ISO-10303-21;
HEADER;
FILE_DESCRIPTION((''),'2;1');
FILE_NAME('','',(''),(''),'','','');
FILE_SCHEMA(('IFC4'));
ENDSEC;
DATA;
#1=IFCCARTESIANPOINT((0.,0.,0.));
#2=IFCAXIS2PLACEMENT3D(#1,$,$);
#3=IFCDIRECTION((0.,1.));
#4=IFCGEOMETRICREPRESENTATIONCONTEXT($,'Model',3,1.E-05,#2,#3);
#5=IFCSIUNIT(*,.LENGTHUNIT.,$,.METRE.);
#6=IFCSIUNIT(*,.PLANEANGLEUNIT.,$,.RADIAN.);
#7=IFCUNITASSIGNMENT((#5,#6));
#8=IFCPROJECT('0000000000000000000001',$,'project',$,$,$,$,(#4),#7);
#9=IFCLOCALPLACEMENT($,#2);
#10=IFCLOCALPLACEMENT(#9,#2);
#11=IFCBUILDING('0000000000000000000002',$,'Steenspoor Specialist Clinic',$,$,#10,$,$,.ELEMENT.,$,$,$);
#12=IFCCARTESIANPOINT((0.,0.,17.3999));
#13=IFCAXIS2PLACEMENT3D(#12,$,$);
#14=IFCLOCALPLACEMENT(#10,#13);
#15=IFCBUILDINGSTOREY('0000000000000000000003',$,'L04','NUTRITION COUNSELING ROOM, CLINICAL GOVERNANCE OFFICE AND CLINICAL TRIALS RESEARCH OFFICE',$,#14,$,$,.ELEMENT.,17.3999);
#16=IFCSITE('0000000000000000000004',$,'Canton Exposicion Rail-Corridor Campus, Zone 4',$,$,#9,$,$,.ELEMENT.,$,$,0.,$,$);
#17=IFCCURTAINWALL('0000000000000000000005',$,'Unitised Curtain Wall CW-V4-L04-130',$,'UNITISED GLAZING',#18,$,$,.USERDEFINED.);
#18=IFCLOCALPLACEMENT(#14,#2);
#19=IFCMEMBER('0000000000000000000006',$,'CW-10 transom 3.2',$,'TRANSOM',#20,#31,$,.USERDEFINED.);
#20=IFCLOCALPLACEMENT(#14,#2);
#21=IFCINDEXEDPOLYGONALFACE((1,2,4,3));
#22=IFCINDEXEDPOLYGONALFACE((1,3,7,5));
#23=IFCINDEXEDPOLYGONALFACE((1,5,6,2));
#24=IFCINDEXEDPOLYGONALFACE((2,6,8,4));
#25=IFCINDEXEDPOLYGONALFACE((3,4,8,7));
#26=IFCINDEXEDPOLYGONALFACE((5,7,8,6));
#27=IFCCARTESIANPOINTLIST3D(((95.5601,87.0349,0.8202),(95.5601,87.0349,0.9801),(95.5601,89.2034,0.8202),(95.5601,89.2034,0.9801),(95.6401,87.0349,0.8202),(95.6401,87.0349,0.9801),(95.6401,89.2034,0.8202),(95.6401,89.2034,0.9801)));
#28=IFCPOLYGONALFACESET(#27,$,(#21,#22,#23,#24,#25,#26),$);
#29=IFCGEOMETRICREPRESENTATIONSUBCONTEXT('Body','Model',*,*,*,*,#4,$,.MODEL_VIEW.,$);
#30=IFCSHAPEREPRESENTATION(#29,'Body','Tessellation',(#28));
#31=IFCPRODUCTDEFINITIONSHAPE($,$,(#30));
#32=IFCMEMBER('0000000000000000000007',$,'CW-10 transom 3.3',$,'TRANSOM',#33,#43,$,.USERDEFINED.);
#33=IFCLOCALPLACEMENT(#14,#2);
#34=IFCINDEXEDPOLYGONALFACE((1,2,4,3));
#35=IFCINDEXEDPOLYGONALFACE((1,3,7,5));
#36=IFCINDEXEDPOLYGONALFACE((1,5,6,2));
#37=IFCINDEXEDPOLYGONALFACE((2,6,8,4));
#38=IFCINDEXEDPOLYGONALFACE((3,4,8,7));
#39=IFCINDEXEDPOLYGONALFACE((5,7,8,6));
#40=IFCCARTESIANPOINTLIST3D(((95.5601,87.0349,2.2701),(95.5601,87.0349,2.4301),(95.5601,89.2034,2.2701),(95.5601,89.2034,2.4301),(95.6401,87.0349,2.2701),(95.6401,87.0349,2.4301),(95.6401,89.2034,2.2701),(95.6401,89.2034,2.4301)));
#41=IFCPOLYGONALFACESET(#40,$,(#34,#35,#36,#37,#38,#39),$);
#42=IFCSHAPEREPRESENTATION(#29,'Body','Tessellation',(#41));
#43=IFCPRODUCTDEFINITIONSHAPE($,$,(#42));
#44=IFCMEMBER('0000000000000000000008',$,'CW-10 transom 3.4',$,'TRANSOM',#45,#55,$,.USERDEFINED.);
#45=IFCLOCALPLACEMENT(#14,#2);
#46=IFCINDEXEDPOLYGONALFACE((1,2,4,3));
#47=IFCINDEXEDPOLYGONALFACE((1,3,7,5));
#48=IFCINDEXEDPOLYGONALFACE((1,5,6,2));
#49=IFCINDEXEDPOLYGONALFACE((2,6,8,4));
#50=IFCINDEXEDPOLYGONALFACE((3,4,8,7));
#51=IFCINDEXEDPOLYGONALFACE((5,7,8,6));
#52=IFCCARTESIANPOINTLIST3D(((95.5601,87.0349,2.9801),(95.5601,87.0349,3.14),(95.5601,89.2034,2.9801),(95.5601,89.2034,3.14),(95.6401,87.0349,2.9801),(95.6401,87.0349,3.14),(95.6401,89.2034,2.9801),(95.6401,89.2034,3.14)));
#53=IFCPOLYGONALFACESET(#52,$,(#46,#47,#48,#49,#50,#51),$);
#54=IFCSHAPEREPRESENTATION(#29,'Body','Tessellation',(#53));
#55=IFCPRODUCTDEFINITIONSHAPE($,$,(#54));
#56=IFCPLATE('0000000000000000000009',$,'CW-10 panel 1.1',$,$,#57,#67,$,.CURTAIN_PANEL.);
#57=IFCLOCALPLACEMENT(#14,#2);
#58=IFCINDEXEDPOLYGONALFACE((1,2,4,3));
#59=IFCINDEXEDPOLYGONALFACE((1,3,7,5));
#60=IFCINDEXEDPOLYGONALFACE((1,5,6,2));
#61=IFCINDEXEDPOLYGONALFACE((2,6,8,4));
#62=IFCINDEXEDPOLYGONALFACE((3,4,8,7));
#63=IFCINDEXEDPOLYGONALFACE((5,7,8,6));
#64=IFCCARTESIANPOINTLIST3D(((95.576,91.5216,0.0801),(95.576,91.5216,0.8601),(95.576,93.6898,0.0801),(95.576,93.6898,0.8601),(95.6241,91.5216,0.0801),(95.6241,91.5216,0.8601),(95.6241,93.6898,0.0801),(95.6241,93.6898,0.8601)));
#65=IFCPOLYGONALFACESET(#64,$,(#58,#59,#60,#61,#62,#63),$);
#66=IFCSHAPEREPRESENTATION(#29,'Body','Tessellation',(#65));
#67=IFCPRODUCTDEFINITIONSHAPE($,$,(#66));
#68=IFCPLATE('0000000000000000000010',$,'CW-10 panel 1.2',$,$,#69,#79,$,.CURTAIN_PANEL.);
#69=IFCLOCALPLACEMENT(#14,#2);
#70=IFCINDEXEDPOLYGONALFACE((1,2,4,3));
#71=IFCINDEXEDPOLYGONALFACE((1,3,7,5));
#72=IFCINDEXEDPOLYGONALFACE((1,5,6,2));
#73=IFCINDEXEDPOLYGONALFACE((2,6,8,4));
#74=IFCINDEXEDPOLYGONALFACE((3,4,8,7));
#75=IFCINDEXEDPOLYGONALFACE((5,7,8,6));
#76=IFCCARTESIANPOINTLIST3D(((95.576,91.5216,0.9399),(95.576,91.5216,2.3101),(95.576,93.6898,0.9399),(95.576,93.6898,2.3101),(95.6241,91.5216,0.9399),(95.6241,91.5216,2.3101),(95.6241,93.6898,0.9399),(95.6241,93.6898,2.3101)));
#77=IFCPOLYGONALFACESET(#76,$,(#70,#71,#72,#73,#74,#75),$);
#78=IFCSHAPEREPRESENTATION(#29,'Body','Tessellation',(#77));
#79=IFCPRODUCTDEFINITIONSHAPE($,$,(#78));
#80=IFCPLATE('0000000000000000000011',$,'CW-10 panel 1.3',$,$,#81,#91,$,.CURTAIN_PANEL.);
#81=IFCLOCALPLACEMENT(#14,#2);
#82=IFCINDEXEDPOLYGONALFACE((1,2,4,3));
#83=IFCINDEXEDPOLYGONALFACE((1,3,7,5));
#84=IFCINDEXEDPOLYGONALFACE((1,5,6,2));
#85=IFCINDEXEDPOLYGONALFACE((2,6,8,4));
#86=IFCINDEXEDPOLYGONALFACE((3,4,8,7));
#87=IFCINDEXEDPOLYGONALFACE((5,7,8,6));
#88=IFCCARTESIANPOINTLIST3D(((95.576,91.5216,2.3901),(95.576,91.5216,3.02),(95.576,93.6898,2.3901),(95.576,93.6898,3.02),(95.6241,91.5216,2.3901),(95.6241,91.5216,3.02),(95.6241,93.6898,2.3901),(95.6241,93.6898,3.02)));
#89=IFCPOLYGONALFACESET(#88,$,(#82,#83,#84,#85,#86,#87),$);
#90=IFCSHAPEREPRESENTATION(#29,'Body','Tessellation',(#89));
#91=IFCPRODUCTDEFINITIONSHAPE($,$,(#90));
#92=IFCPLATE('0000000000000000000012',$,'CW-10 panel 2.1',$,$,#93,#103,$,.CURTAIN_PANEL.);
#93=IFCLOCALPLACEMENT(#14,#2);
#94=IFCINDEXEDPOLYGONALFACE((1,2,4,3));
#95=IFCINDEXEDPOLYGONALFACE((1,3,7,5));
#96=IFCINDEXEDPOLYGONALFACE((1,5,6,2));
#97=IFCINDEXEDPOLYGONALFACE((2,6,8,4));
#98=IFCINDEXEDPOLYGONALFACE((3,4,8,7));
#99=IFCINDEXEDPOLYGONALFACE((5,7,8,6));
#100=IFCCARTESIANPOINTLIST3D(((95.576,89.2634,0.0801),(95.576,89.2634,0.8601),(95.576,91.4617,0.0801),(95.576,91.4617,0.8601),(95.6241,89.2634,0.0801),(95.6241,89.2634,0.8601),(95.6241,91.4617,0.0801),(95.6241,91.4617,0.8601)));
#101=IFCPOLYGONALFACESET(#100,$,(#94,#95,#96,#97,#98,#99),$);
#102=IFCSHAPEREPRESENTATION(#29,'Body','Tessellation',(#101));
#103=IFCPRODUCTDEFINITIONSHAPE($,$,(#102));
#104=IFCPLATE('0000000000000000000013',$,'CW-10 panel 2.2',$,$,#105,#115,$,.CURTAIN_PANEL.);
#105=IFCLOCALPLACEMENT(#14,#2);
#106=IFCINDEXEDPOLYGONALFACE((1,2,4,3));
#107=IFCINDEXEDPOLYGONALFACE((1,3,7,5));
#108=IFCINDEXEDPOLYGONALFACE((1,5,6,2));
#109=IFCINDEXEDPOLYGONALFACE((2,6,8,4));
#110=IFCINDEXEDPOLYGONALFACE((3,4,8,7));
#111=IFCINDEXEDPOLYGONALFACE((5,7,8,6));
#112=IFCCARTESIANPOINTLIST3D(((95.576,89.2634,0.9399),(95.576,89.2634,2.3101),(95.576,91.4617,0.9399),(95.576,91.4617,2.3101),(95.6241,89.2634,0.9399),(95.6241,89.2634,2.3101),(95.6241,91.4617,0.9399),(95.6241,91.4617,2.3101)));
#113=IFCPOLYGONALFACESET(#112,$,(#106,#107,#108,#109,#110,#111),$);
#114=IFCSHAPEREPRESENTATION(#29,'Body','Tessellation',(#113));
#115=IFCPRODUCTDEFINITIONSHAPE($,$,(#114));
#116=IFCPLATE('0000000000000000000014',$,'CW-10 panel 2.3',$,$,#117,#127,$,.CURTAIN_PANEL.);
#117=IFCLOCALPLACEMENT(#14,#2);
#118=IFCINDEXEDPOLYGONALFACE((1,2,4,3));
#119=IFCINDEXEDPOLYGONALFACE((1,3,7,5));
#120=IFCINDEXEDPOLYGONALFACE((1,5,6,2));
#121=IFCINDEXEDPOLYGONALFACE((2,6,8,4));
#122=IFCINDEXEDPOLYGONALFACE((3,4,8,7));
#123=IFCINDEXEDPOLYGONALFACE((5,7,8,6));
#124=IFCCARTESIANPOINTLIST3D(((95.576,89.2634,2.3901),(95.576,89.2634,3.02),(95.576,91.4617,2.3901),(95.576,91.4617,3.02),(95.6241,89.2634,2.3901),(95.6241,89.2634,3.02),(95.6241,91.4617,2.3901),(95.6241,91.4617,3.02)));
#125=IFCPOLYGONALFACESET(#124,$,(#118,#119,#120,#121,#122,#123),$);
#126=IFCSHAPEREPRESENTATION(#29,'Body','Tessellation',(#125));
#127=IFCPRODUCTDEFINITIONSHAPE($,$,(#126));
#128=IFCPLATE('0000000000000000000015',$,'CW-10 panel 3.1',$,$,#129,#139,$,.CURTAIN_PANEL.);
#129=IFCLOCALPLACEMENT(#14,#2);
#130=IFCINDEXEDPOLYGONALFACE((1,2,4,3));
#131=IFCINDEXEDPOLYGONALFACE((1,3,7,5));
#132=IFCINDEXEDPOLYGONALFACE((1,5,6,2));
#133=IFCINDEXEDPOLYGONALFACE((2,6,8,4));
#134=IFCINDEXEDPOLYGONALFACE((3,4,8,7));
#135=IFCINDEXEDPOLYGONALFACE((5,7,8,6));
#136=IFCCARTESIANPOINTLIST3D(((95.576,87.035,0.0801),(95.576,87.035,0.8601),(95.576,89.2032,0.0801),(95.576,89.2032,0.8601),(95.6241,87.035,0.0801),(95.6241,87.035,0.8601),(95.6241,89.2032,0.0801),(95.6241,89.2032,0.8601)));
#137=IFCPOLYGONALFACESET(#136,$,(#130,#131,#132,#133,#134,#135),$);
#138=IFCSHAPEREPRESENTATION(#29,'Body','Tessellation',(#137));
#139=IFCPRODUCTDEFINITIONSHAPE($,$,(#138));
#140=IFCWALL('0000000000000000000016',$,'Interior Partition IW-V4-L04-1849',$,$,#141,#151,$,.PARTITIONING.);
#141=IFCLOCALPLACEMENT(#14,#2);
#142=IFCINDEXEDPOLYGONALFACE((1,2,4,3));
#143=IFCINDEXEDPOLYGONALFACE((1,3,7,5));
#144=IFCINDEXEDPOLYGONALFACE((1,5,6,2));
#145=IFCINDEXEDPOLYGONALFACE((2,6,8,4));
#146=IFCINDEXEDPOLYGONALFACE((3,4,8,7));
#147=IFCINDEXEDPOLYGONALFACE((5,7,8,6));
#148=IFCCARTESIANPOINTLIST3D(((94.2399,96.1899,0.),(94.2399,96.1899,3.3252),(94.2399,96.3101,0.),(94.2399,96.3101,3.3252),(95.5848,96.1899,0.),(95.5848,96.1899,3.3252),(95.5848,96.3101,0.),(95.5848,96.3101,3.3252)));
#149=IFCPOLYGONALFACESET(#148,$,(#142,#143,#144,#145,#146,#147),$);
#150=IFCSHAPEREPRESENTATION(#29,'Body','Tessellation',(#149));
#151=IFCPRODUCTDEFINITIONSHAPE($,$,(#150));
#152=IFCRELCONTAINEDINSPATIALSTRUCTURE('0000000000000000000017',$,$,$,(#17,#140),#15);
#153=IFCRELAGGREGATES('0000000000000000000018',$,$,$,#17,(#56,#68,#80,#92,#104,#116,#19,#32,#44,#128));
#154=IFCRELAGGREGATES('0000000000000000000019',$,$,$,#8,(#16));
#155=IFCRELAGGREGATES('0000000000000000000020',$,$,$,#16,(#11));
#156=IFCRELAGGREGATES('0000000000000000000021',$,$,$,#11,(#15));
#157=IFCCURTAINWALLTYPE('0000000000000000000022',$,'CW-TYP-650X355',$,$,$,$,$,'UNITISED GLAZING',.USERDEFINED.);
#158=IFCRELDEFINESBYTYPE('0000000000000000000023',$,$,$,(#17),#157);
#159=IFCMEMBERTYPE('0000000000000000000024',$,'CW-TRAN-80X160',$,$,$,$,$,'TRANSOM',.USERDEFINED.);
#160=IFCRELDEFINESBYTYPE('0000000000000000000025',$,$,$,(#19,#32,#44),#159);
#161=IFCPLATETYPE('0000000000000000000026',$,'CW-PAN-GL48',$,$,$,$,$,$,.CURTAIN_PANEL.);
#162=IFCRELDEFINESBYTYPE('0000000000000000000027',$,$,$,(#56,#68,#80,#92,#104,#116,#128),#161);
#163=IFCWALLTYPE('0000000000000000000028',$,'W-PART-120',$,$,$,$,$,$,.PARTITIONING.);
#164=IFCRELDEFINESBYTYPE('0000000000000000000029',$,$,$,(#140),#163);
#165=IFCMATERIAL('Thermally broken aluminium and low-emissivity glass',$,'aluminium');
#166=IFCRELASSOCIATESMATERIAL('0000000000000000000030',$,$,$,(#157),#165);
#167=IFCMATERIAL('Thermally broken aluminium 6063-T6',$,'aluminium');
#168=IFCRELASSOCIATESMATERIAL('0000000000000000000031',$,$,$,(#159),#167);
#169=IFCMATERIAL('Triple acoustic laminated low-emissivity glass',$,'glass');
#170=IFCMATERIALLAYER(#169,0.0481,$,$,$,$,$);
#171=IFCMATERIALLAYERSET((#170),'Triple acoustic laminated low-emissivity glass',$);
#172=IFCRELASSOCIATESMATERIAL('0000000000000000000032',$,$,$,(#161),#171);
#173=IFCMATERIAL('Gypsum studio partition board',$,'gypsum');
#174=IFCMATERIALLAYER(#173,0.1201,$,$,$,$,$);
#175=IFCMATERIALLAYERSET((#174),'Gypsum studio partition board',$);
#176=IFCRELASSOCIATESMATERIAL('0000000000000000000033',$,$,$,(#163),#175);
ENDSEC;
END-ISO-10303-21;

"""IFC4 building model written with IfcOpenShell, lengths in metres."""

from ifc_helpers import new_model, si_unit, direction, frame, frame_2d, origin, origin_2d, place, context, subcontext, project, spatial, rectangle, extrude, material, layer, layer_set, material_profile, profile_set, type_object, element, aggregate, save


model = new_model("IFC4")

# Units and contexts
model_context = context("Model", 3, precision=1e-05, world=origin(), true_north=direction((0.0, 1.0)))
body_context = subcontext(model_context, "Body", "Model", "MODEL_VIEW")
ifc_project = project(units=[si_unit("LENGTHUNIT", "METRE"), si_unit("PLANEANGLEUNIT", "RADIAN")], contexts=[model_context])

# Site, building, storey
site_placement = place(None, origin())
site = spatial("IfcSite", under=ifc_project, at=site_placement, Name="Canton Exposicion Rail-Corridor Campus, Zone 4", CompositionType="ELEMENT", RefElevation=0.0)
building_placement = place(site_placement, origin())
building = spatial("IfcBuilding", under=site, at=building_placement, Name="Steenspoor Specialist Clinic", CompositionType="ELEMENT")
storey_placement = place(building_placement, frame((0.0, 0.0, 17.3999)))
storey = spatial("IfcBuildingStorey", under=building, at=storey_placement, Name="L04", Description="NUTRITION COUNSELING ROOM, CLINICAL GOVERNANCE OFFICE AND CLINICAL TRIALS RESEARCH OFFICE", CompositionType="ELEMENT", Elevation=17.3999)

# Curtain wall, members, plates
ifc_material_1 = material(Name="Thermally broken aluminium and low-emissivity glass", Category="aluminium")
curtain_wall_type = type_object("IfcCurtainWallType", Name="CW-TYP-650X355", ElementType="UNITISED GLAZING", PredefinedType="USERDEFINED", material=ifc_material_1)
curtain_wall_placement = place(storey_placement, origin())
curtain_wall = element("IfcCurtainWall", 1, at=curtain_wall_placement, inside=storey, type_object=curtain_wall_type, Name="Unitised Curtain Wall CW-V4-L04-130", ObjectType="UNITISED GLAZING", PredefinedType="USERDEFINED")
ifc_material_2 = material(Name="Thermally broken aluminium 6063-T6", Category="aluminium")
ifc_material_profile_1 = material_profile(ifc_material_2, rectangle(XDim=0.0801, YDim=0.1599, at=origin_2d()), Name="CWT-80X160")
ifc_profile_set_1 = profile_set([ifc_material_profile_1], Name="Thermally broken aluminium 6063-T6")
member_type_1 = type_object("IfcMemberType", Name="CW-TRAN-80X160", ElementType="TRANSOM", PredefinedType="USERDEFINED", material=ifc_profile_set_1)
member_1_placement = place(storey_placement, frame((95.6001, 89.2034, 0.9001), z_axis=(0.0, -1.0, 0.0), x_axis=(1.0, 0.0, 0.0)))
member_1 = element("IfcMember", 2, at=member_1_placement, type_object=member_type_1, Name="CW-10 transom 3.2", ObjectType="TRANSOM", PredefinedType="USERDEFINED", context=body_context, shape_type="SweptSolid", body=[
    extrude(rectangle(XDim=0.0801, YDim=0.1599, at=origin_2d()), origin(), (0.0, 0.0, 1.0), 2.1685),
])
member_2_placement = place(storey_placement, frame((95.6001, 89.2034, 2.3501), z_axis=(0.0, -1.0, 0.0), x_axis=(1.0, 0.0, 0.0)))
member_2 = element("IfcMember", 3, at=member_2_placement, type_object=member_type_1, Name="CW-10 transom 3.3", ObjectType="TRANSOM", PredefinedType="USERDEFINED", context=body_context, shape_type="SweptSolid", body=[
    extrude(rectangle(XDim=0.0801, YDim=0.1599, at=origin_2d()), origin(), (0.0, 0.0, 1.0), 2.1685),
])
member_3_placement = place(storey_placement, frame((95.6001, 89.2034, 3.0601), z_axis=(0.0, -1.0, 0.0), x_axis=(1.0, 0.0, 0.0)))
member_3 = element("IfcMember", 4, at=member_3_placement, type_object=member_type_1, Name="CW-10 transom 3.4", ObjectType="TRANSOM", PredefinedType="USERDEFINED", context=body_context, shape_type="SweptSolid", body=[
    extrude(rectangle(XDim=0.0801, YDim=0.1599, at=origin_2d()), origin(), (0.0, 0.0, 1.0), 2.1685),
])
ifc_material_3 = material(Name="Triple acoustic laminated low-emissivity glass", Category="glass")
ifc_layer_1 = layer(ifc_material_3, 0.0481)
ifc_layer_set_1 = layer_set([ifc_layer_1], Name="Triple acoustic laminated low-emissivity glass")
plate_type = type_object("IfcPlateType", Name="CW-PAN-GL48", PredefinedType="CURTAIN_PANEL", material=ifc_layer_set_1)
plate_1_placement = place(storey_placement, frame((95.6001, 92.6057, 0.0801), z_axis=(0.0, 0.0, 1.0), x_axis=(0.0, -1.0, 0.0)))
plate_1 = element("IfcPlate", 5, at=plate_1_placement, type_object=plate_type, Name="CW-10 panel 1.1", PredefinedType="CURTAIN_PANEL", context=body_context, shape_type="SweptSolid", body=[
    extrude(rectangle(XDim=2.1682, YDim=0.0481, at=origin_2d()), origin(), (0.0, 0.0, 1.0), 0.78),
])
plate_2_placement = place(storey_placement, frame((95.6001, 92.6057, 0.9399), z_axis=(0.0, 0.0, 1.0), x_axis=(0.0, -1.0, 0.0)))
plate_2 = element("IfcPlate", 6, at=plate_2_placement, type_object=plate_type, Name="CW-10 panel 1.2", PredefinedType="CURTAIN_PANEL", context=body_context, shape_type="SweptSolid", body=[
    extrude(rectangle(XDim=2.1682, YDim=0.0481, at=origin_2d()), origin(), (0.0, 0.0, 1.0), 1.3701),
])
plate_3_placement = place(storey_placement, frame((95.6001, 92.6057, 2.3901), z_axis=(0.0, 0.0, 1.0), x_axis=(0.0, -1.0, 0.0)))
plate_3 = element("IfcPlate", 7, at=plate_3_placement, type_object=plate_type, Name="CW-10 panel 1.3", PredefinedType="CURTAIN_PANEL", context=body_context, shape_type="SweptSolid", body=[
    extrude(rectangle(XDim=2.1682, YDim=0.0481, at=origin_2d()), origin(), (0.0, 0.0, 1.0), 0.6299),
])
plate_4_placement = place(storey_placement, frame((95.6001, 90.3625, 0.0801), z_axis=(0.0, 0.0, 1.0), x_axis=(0.0, -1.0, 0.0)))
plate_4 = element("IfcPlate", 8, at=plate_4_placement, type_object=plate_type, Name="CW-10 panel 2.1", PredefinedType="CURTAIN_PANEL", context=body_context, shape_type="SweptSolid", body=[
    extrude(rectangle(XDim=2.1982, YDim=0.0481, at=origin_2d()), origin(), (0.0, 0.0, 1.0), 0.78),
])
plate_5_placement = place(storey_placement, frame((95.6001, 90.3625, 0.9399), z_axis=(0.0, 0.0, 1.0), x_axis=(0.0, -1.0, 0.0)))
plate_5 = element("IfcPlate", 9, at=plate_5_placement, type_object=plate_type, Name="CW-10 panel 2.2", PredefinedType="CURTAIN_PANEL", context=body_context, shape_type="SweptSolid", body=[
    extrude(rectangle(XDim=2.1982, YDim=0.0481, at=origin_2d()), origin(), (0.0, 0.0, 1.0), 1.3701),
])
plate_6_placement = place(storey_placement, frame((95.6001, 90.3625, 2.3901), z_axis=(0.0, 0.0, 1.0), x_axis=(0.0, -1.0, 0.0)))
plate_6 = element("IfcPlate", 10, at=plate_6_placement, type_object=plate_type, Name="CW-10 panel 2.3", PredefinedType="CURTAIN_PANEL", context=body_context, shape_type="SweptSolid", body=[
    extrude(rectangle(XDim=2.1982, YDim=0.0481, at=origin_2d()), origin(), (0.0, 0.0, 1.0), 0.6299),
])
plate_7_placement = place(storey_placement, frame((95.6001, 88.1191, 0.0801), z_axis=(0.0, 0.0, 1.0), x_axis=(0.0, -1.0, 0.0)))
plate_7 = element("IfcPlate", 11, at=plate_7_placement, type_object=plate_type, Name="CW-10 panel 3.1", PredefinedType="CURTAIN_PANEL", context=body_context, shape_type="SweptSolid", body=[
    extrude(rectangle(XDim=2.1682, YDim=0.0481, at=origin_2d()), origin(), (0.0, 0.0, 1.0), 0.78),
])
aggregate(curtain_wall, [plate_1, plate_2, plate_3, plate_4, plate_5, plate_6, member_1, member_2, member_3, plate_7])

# Wall
ifc_material_4 = material(Name="Gypsum studio partition board", Category="gypsum")
ifc_layer_2 = layer(ifc_material_4, 0.1201)
ifc_layer_set_2 = layer_set([ifc_layer_2], Name="Gypsum studio partition board")
wall_type = type_object("IfcWallType", Name="W-PART-120", PredefinedType="PARTITIONING", material=ifc_layer_set_2)
wall_placement = place(storey_placement, frame((94.24, 96.25, 0.0), z_axis=(0.0, 0.0, 1.0), x_axis=(1.0, 0.0, 0.0)))
element("IfcWall", 12, at=wall_placement, inside=storey, type_object=wall_type, Name="Interior Partition IW-V4-L04-1849", PredefinedType="PARTITIONING", context=body_context, shape_type="SweptSolid", body=[
    extrude(rectangle(XDim=1.345, YDim=0.1201, at=frame_2d((0.6724, 0.0))), origin(), (0.0, 0.0, 1.0), 3.3252),
])

save(model, "model.ifc")
